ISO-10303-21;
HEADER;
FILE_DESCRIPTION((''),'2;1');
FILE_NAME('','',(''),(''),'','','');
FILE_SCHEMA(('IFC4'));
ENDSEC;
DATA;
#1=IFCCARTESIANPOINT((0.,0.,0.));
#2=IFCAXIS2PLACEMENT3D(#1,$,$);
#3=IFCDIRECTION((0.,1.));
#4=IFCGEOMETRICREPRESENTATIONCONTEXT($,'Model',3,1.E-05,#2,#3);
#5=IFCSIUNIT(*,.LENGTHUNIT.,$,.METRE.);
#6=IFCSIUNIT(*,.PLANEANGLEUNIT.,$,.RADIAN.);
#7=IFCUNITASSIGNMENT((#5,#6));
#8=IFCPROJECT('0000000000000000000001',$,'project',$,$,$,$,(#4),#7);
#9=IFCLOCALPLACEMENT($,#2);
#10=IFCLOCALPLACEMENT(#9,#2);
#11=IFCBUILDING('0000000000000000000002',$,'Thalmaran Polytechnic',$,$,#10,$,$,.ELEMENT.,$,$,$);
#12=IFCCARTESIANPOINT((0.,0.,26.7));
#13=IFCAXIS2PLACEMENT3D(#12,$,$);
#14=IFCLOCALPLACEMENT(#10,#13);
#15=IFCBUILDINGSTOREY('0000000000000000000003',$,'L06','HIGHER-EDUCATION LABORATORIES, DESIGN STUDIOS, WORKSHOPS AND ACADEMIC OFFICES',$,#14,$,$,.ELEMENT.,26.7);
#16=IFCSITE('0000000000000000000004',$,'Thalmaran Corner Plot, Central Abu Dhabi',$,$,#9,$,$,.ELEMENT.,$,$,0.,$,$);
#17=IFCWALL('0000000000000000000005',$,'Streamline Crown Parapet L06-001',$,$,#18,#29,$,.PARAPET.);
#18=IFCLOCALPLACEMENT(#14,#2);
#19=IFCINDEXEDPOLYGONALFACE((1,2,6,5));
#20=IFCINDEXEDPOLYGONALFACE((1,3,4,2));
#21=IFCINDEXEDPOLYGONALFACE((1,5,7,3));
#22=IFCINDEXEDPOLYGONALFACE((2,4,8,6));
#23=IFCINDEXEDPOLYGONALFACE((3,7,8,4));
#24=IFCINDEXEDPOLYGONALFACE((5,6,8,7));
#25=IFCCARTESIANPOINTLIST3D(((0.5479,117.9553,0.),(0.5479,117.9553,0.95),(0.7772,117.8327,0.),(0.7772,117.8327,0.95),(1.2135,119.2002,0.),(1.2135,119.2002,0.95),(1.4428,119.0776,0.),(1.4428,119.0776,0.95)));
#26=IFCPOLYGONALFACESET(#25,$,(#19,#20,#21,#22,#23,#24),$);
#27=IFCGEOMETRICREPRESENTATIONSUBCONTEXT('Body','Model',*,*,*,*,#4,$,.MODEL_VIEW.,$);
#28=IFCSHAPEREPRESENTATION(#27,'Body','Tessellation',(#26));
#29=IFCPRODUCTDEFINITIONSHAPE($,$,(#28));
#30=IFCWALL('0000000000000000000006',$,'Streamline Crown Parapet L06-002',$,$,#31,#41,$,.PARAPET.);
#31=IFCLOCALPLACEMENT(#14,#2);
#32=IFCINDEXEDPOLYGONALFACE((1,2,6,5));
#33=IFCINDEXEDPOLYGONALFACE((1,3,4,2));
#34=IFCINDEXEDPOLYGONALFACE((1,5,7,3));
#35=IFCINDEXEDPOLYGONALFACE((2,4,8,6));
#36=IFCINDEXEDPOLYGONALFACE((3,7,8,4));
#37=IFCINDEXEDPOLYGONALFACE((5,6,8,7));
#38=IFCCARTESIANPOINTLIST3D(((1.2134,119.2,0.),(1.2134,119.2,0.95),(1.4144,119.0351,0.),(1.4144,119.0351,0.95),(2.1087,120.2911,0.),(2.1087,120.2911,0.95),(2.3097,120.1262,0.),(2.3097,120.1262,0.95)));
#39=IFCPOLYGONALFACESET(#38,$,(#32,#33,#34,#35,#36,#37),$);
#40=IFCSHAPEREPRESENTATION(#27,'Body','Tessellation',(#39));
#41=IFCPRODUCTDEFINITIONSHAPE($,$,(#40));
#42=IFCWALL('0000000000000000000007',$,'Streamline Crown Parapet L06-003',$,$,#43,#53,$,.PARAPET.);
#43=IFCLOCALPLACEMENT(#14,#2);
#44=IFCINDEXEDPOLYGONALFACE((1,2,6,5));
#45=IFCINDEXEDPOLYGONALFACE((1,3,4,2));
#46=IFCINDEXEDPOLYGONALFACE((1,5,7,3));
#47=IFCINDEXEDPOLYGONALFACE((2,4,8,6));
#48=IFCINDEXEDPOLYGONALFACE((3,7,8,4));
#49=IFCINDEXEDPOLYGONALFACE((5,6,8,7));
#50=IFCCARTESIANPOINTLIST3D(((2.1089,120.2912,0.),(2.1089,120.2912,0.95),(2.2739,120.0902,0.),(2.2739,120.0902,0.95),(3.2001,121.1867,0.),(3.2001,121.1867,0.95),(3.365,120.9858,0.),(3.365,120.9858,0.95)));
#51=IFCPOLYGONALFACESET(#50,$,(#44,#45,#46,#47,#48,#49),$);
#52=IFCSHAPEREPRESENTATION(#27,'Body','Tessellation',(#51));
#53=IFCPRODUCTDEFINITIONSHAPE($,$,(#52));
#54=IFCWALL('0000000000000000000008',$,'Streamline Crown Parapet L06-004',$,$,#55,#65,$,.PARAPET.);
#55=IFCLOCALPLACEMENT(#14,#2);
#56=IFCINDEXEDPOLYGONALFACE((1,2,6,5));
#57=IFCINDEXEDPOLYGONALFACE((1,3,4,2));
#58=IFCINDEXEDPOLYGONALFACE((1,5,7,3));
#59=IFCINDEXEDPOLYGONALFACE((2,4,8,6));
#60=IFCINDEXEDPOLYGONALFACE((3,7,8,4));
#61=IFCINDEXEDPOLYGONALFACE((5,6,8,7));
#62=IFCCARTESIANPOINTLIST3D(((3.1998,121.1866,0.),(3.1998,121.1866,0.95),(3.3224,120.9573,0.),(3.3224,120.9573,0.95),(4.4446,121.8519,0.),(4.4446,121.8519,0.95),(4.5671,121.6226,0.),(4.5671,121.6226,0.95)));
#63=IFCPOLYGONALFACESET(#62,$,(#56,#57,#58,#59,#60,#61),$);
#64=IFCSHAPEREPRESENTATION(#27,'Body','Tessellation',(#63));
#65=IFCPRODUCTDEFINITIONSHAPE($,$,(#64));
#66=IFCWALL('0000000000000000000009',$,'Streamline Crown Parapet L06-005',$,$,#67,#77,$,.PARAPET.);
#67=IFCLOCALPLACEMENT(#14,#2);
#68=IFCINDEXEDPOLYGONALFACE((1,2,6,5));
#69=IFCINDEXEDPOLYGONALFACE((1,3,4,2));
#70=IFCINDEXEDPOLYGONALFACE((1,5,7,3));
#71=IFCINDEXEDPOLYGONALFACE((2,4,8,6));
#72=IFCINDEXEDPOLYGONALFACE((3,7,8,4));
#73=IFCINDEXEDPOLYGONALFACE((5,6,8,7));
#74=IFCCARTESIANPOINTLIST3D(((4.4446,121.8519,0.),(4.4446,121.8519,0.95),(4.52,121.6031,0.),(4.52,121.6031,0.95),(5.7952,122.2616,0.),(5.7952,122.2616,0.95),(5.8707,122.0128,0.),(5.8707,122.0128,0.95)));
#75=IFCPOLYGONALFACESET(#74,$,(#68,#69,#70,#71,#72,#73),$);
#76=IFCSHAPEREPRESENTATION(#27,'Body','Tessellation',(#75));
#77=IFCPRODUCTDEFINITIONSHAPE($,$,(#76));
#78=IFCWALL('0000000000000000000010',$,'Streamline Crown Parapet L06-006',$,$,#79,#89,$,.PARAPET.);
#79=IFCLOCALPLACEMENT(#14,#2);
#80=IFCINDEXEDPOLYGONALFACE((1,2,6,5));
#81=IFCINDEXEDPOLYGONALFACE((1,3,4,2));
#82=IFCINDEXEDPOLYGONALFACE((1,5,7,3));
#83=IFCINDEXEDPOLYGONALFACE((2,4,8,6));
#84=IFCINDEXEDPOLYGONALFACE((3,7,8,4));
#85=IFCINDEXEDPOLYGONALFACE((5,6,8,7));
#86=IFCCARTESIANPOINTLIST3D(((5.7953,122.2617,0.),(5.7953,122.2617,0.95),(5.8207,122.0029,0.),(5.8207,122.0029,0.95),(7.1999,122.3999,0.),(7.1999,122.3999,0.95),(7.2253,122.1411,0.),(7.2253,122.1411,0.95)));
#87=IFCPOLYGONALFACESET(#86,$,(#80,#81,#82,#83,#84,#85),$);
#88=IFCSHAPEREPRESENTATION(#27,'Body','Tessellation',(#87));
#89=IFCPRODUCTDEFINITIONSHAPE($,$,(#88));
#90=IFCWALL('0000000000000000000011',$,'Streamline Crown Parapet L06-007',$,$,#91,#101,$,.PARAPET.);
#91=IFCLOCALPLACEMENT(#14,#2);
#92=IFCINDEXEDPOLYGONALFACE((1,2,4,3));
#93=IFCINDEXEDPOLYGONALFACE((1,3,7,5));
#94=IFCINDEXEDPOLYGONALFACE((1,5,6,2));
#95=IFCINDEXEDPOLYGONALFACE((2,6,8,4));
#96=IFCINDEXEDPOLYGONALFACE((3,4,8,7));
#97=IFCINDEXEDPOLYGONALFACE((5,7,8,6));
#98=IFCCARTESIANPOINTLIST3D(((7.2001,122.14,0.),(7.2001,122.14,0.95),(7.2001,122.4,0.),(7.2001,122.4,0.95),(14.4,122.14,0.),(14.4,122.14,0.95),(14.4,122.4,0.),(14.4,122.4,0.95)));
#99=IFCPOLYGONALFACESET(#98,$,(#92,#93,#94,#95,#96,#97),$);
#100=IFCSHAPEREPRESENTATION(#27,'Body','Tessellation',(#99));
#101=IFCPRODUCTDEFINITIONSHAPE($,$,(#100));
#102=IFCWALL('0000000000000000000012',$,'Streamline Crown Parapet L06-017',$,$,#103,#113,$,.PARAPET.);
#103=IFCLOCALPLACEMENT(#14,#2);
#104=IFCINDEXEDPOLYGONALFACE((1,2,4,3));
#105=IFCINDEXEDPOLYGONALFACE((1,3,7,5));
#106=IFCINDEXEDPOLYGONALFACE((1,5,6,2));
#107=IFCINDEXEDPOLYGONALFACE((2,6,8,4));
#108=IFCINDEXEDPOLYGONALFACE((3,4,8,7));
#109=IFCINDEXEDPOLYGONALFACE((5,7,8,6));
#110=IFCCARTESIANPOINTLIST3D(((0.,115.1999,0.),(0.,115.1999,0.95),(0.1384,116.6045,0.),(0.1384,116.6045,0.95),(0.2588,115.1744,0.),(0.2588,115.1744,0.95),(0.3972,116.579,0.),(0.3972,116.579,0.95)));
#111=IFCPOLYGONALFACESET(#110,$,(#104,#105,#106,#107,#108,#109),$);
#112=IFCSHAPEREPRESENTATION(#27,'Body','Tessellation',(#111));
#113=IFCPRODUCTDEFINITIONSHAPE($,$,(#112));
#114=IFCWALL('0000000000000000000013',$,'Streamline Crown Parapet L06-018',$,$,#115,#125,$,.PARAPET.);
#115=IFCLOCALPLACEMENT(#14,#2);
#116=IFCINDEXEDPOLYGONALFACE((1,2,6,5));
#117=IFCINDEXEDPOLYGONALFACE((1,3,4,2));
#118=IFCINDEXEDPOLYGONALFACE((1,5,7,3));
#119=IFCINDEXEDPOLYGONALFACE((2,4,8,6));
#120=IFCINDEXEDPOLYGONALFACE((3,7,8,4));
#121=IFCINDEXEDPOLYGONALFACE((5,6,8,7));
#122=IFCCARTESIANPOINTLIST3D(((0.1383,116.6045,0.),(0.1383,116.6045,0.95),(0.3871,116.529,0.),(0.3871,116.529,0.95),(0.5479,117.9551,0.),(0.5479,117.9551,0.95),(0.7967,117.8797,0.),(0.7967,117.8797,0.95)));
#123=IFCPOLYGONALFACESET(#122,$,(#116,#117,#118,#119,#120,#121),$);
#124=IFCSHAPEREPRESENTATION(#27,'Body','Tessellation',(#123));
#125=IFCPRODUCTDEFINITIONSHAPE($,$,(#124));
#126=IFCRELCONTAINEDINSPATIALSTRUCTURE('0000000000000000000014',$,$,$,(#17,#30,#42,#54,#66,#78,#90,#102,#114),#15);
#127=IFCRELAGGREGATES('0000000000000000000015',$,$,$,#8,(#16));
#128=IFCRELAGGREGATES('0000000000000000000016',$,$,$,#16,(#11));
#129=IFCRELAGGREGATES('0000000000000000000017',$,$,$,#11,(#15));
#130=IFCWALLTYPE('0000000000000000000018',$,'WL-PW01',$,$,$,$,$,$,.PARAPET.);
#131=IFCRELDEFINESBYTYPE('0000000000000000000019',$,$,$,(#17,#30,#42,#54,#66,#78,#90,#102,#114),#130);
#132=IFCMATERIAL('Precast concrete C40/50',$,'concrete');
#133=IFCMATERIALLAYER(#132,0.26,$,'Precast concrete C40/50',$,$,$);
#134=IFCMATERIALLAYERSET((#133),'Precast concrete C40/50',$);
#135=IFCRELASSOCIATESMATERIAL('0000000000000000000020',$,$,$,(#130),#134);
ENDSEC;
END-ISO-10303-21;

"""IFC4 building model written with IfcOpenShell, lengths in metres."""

from ifc_helpers import new_model, si_unit, direction, frame, frame_2d, origin, place, context, subcontext, project, spatial, rectangle, extrude, material, layer, layer_set, type_object, element, save


model = new_model("IFC4")

# Units and contexts
model_context = context("Model", 3, precision=1e-05, world=origin(), true_north=direction((0.0, 1.0)))
body_context = subcontext(model_context, "Body", "Model", "MODEL_VIEW")
ifc_project = project(units=[si_unit("LENGTHUNIT", "METRE"), si_unit("PLANEANGLEUNIT", "RADIAN")], contexts=[model_context])

# Site, building, storey
site_placement = place(None, origin())
site = spatial("IfcSite", under=ifc_project, at=site_placement, Name="Thalmaran Corner Plot, Central Abu Dhabi", CompositionType="ELEMENT", RefElevation=0.0)
building_placement = place(site_placement, origin())
building = spatial("IfcBuilding", under=site, at=building_placement, Name="Thalmaran Polytechnic", CompositionType="ELEMENT")
storey_placement = place(building_placement, frame((0.0, 0.0, 26.7)))
storey = spatial("IfcBuildingStorey", under=building, at=storey_placement, Name="L06", Description="HIGHER-EDUCATION LABORATORIES, DESIGN STUDIOS, WORKSHOPS AND ACADEMIC OFFICES", CompositionType="ELEMENT", Elevation=26.7)

# Shared definitions
ifc_material_1 = material(Name="Precast concrete C40/50", Category="concrete")

# Walls
ifc_layer_1 = layer(ifc_material_1, 0.26, Name="Precast concrete C40/50")
ifc_layer_set_1 = layer_set([ifc_layer_1], Name="Precast concrete C40/50")
wall_type_1 = type_object("IfcWallType", Name="WL-PW01", PredefinedType="PARAPET", material=ifc_layer_set_1)
wall_1_placement = place(storey_placement, frame((0.6626, 117.894, 0.0), z_axis=(0.0, 0.0, 1.0), x_axis=(0.471468, 0.881883, 0.0)))
element("IfcWall", 1, at=wall_1_placement, inside=storey, type_object=wall_type_1, Name="Streamline Crown Parapet L06-001", PredefinedType="PARAPET", context=body_context, shape_type="SweptSolid", body=[
    extrude(rectangle(XDim=1.4116, YDim=0.26, at=frame_2d((0.7058, 0.0))), origin(), (0.0, 0.0, 1.0), 0.95),
])
wall_2_placement = place(storey_placement, frame((1.314, 119.1177, 0.0), z_axis=(0.0, 0.0, 1.0), x_axis=(0.63433, 0.773062, 0.0)))
element("IfcWall", 2, at=wall_2_placement, inside=storey, type_object=wall_type_1, Name="Streamline Crown Parapet L06-002", PredefinedType="PARAPET", context=body_context, shape_type="SweptSolid", body=[
    extrude(rectangle(XDim=1.4114, YDim=0.26, at=frame_2d((0.7056, 0.0))), origin(), (0.0, 0.0, 1.0), 0.95),
])
wall_3_placement = place(storey_placement, frame((2.1914, 120.1907, 0.0), z_axis=(0.0, 0.0, 1.0), x_axis=(0.772978, 0.634433, 0.0)))
element("IfcWall", 3, at=wall_3_placement, inside=storey, type_object=wall_type_1, Name="Streamline Crown Parapet L06-003", PredefinedType="PARAPET", context=body_context, shape_type="SweptSolid", body=[
    extrude(rectangle(XDim=1.4116, YDim=0.26, at=frame_2d((0.7058, 0.0))), origin(), (0.0, 0.0, 1.0), 0.95),
])
for number, where, z_axis, x_axis, name in (
    (4, (3.2612, 121.072, 0.0), (0.0, 0.0, 1.0), (0.881917, 0.471405, 0.0), "Streamline Crown Parapet L06-004"),
    (5, (4.4824, 121.7275, 0.0), (0.0, 0.0, 1.0), (0.956946, 0.290267, 0.0), "Streamline Crown Parapet L06-005"),
    (6, (5.8081, 122.1323, 0.0), (0.0, 0.0, 1.0), (0.995195, 0.097911, 0.0), "Streamline Crown Parapet L06-006"),
):
    element("IfcWall", number, at=place(storey_placement, frame(where, z_axis=z_axis, x_axis=x_axis)), inside=storey, type_object=wall_type_1, Name=name, PredefinedType="PARAPET", context=body_context, shape_type="SweptSolid", body=[
        extrude(rectangle(XDim=1.4114, YDim=0.26, at=frame_2d((0.7056, 0.0))), origin(), (0.0, 0.0, 1.0), 0.95),
    ])
wall_4_placement = place(storey_placement, frame((7.2, 122.27, 0.0), z_axis=(0.0, 0.0, 1.0), x_axis=(1.0, 0.0, 0.0)))
element("IfcWall", 7, at=wall_4_placement, inside=storey, type_object=wall_type_1, Name="Streamline Crown Parapet L06-007", PredefinedType="PARAPET", context=body_context, shape_type="SweptSolid", body=[
    extrude(rectangle(XDim=7.2, YDim=0.26, at=frame_2d((3.6001, 0.0))), origin(), (0.0, 0.0, 1.0), 0.95),
])
for number, where, z_axis, x_axis, name in (
    (8, (0.1294, 115.1873, 0.0), (0.0, 0.0, 1.0), (0.098082, 0.995178, 0.0), "Streamline Crown Parapet L06-017"),
    (9, (0.2627, 116.5669, 0.0), (0.0, 0.0, 1.0), (0.290267, 0.956946, 0.0), "Streamline Crown Parapet L06-018"),
):
    element("IfcWall", number, at=place(storey_placement, frame(where, z_axis=z_axis, x_axis=x_axis)), inside=storey, type_object=wall_type_1, Name=name, PredefinedType="PARAPET", context=body_context, shape_type="SweptSolid", body=[
        extrude(rectangle(XDim=1.4114, YDim=0.26, at=frame_2d((0.7056, 0.0))), origin(), (0.0, 0.0, 1.0), 0.95),
    ])

save(model, "model.ifc")
